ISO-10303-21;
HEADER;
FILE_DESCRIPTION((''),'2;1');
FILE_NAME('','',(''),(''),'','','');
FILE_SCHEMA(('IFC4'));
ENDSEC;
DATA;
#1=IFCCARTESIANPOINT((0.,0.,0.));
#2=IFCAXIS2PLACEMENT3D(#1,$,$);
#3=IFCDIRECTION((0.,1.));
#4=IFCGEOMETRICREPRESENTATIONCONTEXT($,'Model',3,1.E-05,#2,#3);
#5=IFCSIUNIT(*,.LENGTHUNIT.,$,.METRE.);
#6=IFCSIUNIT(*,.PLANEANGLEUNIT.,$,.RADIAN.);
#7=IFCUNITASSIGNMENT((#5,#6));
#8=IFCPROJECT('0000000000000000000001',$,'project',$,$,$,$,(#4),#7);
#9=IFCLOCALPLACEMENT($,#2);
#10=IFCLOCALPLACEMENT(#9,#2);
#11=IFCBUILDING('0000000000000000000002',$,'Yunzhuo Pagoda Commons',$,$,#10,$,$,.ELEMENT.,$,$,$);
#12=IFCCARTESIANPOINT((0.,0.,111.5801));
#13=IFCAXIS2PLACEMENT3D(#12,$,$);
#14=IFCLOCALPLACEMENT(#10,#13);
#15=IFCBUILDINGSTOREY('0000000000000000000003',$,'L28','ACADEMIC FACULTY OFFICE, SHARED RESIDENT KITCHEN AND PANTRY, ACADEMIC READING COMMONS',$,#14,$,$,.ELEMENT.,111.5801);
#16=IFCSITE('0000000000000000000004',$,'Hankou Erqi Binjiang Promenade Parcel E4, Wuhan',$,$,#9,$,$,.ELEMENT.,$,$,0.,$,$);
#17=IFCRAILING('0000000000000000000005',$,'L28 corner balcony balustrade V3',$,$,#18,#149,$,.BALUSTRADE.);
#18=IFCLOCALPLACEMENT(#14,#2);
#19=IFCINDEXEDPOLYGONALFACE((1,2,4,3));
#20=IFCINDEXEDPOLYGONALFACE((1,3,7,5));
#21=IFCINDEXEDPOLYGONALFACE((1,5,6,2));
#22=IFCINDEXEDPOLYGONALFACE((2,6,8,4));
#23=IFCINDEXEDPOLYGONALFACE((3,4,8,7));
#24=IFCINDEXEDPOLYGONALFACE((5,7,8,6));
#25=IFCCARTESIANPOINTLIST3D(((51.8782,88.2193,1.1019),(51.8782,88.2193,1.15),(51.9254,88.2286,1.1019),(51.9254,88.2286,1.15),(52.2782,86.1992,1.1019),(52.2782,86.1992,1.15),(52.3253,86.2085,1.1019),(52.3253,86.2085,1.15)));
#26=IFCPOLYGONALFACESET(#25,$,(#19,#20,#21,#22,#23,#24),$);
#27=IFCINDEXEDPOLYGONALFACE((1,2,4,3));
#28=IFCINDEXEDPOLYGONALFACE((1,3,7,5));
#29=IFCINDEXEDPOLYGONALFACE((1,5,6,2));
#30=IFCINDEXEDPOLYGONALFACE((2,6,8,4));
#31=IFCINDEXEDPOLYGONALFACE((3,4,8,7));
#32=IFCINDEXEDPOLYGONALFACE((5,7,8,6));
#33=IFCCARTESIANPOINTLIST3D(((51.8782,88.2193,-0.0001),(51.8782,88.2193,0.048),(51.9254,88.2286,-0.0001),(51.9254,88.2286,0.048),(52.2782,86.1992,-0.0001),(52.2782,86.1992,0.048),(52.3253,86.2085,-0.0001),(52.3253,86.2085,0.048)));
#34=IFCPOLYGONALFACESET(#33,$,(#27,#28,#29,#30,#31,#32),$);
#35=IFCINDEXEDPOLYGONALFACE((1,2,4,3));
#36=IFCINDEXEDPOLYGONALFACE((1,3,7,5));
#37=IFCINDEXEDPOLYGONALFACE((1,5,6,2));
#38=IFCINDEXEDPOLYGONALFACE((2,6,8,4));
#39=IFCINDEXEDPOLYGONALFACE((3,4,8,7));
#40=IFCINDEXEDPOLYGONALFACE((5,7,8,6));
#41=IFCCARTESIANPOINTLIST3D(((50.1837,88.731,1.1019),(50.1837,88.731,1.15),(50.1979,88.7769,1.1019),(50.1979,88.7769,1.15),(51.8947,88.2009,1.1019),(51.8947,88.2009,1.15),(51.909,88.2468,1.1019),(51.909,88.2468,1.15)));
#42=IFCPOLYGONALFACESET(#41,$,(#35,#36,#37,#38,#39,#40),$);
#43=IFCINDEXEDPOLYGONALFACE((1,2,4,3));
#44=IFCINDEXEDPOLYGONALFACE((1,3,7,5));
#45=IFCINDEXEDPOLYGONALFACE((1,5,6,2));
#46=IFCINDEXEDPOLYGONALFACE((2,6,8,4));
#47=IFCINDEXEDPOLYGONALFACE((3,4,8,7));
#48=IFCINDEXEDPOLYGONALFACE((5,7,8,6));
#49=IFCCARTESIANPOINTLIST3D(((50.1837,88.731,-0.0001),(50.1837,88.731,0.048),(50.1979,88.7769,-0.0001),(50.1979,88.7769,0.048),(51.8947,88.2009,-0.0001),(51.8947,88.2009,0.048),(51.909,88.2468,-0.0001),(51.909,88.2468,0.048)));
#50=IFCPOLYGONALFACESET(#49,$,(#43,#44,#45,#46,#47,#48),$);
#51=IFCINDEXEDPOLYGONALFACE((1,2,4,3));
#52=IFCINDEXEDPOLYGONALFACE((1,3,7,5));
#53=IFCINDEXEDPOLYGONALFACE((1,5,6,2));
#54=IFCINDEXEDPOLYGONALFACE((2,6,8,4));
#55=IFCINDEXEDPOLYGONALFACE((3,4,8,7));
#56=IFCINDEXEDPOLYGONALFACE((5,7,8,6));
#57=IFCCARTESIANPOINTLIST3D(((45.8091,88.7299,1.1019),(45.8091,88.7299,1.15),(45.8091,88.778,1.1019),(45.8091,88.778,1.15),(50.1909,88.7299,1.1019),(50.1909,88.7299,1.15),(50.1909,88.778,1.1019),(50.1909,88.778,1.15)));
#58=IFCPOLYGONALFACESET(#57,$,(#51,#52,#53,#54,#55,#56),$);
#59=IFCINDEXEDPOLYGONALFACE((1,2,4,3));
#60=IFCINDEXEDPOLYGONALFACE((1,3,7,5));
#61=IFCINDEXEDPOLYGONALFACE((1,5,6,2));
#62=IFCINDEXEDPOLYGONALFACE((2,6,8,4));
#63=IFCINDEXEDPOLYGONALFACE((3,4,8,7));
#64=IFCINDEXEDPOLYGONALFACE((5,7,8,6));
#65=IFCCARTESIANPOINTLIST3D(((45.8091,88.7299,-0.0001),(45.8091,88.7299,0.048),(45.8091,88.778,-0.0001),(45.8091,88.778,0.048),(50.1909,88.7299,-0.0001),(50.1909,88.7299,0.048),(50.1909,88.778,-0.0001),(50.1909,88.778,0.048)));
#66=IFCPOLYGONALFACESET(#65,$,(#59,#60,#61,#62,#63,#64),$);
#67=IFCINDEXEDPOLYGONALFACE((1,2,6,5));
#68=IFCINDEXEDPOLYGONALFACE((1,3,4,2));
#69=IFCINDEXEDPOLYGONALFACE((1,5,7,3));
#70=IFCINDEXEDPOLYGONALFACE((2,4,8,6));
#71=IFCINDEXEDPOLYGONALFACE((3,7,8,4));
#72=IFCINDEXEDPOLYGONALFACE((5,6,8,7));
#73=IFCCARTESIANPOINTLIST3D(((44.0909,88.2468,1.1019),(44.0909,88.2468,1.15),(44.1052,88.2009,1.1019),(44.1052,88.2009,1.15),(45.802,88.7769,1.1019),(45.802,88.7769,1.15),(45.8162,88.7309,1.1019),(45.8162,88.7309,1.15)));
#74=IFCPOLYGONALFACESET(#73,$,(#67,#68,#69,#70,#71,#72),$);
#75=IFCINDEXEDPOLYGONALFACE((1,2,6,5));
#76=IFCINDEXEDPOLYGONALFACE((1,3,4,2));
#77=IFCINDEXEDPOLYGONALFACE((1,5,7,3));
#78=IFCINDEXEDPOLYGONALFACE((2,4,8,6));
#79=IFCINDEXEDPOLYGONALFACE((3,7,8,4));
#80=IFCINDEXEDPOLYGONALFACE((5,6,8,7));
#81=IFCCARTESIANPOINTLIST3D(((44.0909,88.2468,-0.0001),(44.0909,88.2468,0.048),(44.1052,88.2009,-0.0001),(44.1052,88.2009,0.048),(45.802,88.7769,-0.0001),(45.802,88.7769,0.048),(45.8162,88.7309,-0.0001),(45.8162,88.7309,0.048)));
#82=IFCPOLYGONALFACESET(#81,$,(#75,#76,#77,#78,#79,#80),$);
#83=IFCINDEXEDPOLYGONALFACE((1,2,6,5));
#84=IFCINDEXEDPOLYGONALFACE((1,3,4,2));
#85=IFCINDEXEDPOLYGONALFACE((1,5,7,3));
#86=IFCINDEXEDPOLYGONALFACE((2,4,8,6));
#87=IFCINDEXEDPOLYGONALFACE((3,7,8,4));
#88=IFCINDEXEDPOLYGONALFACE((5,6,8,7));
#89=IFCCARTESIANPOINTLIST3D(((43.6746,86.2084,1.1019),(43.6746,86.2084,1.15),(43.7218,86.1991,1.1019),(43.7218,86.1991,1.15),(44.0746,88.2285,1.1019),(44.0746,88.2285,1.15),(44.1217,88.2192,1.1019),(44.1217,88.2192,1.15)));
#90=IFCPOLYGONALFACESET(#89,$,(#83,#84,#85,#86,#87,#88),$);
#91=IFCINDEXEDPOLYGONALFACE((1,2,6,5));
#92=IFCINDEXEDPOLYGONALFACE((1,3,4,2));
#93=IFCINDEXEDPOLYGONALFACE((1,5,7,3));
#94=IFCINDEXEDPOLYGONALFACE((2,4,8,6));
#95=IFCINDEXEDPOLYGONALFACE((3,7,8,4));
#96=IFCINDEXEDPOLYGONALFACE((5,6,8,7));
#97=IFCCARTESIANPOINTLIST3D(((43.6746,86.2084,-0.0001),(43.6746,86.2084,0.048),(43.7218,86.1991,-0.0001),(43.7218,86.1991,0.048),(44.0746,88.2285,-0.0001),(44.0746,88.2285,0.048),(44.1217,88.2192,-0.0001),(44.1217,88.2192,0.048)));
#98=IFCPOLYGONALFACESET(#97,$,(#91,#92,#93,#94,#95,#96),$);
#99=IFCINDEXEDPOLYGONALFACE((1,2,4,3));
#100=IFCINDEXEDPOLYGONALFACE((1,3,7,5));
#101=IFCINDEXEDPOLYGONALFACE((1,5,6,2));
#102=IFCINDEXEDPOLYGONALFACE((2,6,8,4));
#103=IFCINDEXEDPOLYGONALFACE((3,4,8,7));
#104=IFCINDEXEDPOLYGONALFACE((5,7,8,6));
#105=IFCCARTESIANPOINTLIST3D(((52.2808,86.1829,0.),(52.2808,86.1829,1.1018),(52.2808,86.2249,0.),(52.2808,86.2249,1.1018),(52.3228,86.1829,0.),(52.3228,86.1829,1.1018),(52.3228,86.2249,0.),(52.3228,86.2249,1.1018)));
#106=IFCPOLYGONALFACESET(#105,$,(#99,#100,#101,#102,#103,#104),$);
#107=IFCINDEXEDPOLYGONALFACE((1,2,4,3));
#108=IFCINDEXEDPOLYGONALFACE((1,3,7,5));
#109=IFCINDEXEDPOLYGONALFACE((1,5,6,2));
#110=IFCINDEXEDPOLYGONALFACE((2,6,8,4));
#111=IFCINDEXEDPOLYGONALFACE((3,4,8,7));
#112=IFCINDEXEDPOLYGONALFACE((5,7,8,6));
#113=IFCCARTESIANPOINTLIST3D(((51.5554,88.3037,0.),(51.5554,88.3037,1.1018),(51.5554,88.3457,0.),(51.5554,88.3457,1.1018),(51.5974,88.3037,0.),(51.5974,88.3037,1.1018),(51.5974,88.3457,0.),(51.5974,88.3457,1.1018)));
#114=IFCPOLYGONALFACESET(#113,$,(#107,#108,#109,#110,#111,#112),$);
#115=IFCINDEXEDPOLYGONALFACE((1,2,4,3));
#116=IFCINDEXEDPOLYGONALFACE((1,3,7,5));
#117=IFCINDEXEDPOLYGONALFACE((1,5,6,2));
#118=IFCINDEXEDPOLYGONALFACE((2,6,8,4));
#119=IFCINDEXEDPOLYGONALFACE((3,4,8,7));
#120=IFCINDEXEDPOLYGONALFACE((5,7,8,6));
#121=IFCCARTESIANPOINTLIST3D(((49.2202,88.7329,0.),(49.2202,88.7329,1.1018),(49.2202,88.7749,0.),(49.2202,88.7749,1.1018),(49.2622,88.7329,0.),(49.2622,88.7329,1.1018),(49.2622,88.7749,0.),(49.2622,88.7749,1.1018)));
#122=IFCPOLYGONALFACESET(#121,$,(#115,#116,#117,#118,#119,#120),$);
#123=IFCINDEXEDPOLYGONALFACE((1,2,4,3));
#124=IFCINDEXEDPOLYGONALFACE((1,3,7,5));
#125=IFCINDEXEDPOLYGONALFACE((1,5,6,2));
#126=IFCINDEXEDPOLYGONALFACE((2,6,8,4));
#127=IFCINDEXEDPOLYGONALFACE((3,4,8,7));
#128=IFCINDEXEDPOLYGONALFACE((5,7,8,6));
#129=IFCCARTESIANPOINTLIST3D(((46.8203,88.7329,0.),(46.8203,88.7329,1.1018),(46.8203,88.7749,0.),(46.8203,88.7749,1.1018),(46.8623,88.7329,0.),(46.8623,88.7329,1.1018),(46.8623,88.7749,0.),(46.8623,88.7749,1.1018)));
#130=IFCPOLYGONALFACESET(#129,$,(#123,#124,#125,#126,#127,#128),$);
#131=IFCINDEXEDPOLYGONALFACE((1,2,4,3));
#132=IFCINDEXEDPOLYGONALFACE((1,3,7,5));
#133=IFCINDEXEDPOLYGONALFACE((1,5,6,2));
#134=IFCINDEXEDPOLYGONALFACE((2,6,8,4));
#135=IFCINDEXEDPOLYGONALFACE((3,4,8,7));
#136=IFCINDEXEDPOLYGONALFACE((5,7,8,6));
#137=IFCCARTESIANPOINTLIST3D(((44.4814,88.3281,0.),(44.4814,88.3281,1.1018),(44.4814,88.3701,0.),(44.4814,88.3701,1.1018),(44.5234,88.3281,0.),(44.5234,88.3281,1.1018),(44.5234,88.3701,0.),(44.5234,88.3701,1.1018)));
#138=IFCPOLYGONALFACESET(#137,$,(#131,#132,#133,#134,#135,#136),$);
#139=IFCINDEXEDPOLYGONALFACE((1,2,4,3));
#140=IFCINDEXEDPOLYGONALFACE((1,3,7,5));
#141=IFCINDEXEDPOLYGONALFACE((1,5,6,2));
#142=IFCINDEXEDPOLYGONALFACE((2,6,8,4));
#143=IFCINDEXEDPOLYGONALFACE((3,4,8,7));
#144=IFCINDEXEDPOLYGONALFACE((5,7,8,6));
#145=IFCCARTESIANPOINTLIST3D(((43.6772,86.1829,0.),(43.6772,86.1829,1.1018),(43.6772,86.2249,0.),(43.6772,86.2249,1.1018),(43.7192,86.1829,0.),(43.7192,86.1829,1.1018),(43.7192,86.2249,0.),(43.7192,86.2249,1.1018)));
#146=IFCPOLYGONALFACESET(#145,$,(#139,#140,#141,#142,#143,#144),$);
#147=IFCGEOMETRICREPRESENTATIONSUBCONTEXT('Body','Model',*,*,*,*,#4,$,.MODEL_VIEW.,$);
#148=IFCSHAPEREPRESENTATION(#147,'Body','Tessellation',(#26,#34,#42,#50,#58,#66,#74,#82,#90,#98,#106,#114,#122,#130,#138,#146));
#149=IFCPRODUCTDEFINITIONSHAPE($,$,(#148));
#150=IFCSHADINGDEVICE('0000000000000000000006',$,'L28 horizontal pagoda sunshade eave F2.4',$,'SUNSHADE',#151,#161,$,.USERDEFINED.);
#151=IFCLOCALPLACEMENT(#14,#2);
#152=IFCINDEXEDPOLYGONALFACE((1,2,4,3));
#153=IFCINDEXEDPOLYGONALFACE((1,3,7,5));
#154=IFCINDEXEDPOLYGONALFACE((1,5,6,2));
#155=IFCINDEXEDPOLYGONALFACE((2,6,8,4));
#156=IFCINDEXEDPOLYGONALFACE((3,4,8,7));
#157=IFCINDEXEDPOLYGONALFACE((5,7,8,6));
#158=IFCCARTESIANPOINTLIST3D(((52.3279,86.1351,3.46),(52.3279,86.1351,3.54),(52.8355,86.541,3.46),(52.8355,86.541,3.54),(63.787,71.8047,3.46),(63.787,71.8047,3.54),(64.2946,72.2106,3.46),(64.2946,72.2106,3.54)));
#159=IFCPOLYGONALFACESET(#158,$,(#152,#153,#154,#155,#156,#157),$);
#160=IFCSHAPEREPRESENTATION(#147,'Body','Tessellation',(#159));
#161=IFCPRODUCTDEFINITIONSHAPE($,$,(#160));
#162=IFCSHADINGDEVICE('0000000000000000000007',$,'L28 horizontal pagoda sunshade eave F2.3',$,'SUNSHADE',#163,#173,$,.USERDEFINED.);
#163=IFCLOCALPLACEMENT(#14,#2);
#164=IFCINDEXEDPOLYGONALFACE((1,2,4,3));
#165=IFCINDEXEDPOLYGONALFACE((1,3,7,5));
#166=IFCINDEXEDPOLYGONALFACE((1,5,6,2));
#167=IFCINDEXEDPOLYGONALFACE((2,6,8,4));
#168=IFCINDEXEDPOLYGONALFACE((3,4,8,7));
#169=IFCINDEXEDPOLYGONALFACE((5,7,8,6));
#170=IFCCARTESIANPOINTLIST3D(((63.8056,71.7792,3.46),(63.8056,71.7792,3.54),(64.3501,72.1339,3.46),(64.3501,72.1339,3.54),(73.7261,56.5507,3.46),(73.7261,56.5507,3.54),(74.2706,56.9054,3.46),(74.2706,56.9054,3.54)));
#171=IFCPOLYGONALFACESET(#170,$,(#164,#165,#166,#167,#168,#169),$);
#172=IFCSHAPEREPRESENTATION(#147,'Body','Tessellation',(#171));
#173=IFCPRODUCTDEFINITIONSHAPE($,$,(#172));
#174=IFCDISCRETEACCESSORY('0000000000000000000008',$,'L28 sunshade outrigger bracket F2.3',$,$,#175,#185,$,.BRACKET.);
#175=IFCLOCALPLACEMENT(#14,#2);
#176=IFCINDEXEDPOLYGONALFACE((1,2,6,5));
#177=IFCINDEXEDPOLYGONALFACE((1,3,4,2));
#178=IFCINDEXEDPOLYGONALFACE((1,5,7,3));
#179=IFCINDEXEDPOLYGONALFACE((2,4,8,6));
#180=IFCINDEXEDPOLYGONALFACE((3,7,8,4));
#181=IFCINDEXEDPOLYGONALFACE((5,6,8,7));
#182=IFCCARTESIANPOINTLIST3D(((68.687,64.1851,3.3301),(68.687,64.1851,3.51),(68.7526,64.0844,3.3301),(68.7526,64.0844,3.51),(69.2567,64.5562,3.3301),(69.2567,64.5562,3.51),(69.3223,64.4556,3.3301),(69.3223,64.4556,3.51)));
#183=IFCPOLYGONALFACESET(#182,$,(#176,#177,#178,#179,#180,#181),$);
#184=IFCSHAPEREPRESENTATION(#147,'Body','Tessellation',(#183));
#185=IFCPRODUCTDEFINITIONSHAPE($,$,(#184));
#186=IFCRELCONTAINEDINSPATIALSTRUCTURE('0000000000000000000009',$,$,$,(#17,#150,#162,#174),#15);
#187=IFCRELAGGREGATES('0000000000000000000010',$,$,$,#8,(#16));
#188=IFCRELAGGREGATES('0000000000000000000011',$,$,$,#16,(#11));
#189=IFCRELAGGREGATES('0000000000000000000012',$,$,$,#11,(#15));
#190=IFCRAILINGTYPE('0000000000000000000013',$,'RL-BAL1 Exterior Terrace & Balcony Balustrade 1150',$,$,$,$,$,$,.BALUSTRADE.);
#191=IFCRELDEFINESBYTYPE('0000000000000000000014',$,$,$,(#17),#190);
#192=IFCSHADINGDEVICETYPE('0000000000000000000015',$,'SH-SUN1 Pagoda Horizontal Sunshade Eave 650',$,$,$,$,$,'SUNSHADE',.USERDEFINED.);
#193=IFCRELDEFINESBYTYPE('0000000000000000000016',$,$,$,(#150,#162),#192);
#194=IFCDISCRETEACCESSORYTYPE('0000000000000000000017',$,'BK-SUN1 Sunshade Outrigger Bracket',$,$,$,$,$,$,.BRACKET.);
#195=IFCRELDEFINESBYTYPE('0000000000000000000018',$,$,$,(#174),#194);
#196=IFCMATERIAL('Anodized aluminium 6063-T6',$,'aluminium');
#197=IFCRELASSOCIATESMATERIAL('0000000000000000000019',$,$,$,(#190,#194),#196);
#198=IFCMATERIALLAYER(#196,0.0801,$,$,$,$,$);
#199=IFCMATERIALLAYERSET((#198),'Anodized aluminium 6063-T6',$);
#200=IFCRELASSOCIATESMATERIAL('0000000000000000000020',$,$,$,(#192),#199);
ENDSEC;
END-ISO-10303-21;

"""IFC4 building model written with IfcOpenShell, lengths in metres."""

from ifc_helpers import new_model, si_unit, direction, frame, origin, origin_2d, place, context, subcontext, project, spatial, rectangle, extrude, source, transform, mapped, material, layer, layer_set, type_object, element, save


model = new_model("IFC4")

# Units and contexts
model_context = context("Model", 3, precision=1e-05, world=origin(), true_north=direction((0.0, 1.0)))
body_context = subcontext(model_context, "Body", "Model", "MODEL_VIEW")
ifc_project = project(units=[si_unit("LENGTHUNIT", "METRE"), si_unit("PLANEANGLEUNIT", "RADIAN")], contexts=[model_context])

# Site, building, storey
site_placement = place(None, origin())
site = spatial("IfcSite", under=ifc_project, at=site_placement, Name="Hankou Erqi Binjiang Promenade Parcel E4, Wuhan", CompositionType="ELEMENT", RefElevation=0.0)
building_placement = place(site_placement, origin())
building = spatial("IfcBuilding", under=site, at=building_placement, Name="Yunzhuo Pagoda Commons", CompositionType="ELEMENT")
storey_placement = place(building_placement, frame((0.0, 0.0, 111.5801)))
storey = spatial("IfcBuildingStorey", under=building, at=storey_placement, Name="L28", Description="ACADEMIC FACULTY OFFICE, SHARED RESIDENT KITCHEN AND PANTRY, ACADEMIC READING COMMONS", CompositionType="ELEMENT", Elevation=111.5801)

# Shared definitions
ifc_material_1 = material(Name="Anodized aluminium 6063-T6", Category="aluminium")

# Railing
railing_type_1 = type_object("IfcRailingType", Name="RL-BAL1 Exterior Terrace & Balcony Balustrade 1150", PredefinedType="BALUSTRADE", material=ifc_material_1)
railing_1_placement = place(storey_placement, frame((52.3018, 86.2039, 0.0)))
element("IfcRailing", 1, at=railing_1_placement, inside=storey, type_object=railing_type_1, Name="L28 corner balcony balustrade V3", PredefinedType="BALUSTRADE", context=body_context, shape_type="SweptSolid", body=[
    extrude(rectangle(XDim=0.0481, YDim=0.0481, at=origin_2d()), frame((0.0, 0.0, 1.126), z_axis=(-0.194201, 0.980962, 0.0), x_axis=(-0.980962, -0.194201, 0.0)), (0.0, 0.0, 1.0), 2.0593),
    extrude(rectangle(XDim=0.0481, YDim=0.0481, at=origin_2d()), frame((0.0, 0.0, 0.0239), z_axis=(-0.194201, 0.980962, 0.0), x_axis=(-0.980962, -0.194201, 0.0)), (0.0, 0.0, 1.0), 2.0593),
    extrude(rectangle(XDim=0.0481, YDim=0.0481, at=origin_2d()), frame((-0.3999, 2.02, 1.126), z_axis=(-0.955214, 0.295915, 0.0), x_axis=(-0.295915, -0.955214, 0.0)), (0.0, 0.0, 1.0), 1.7913),
    extrude(rectangle(XDim=0.0481, YDim=0.0481, at=origin_2d()), frame((-0.3999, 2.02, 0.0239), z_axis=(-0.955214, 0.295915, 0.0), x_axis=(-0.295915, -0.955214, 0.0)), (0.0, 0.0, 1.0), 1.7913),
    extrude(rectangle(XDim=0.0481, YDim=0.0481, at=origin_2d()), frame((-2.1108, 2.55, 1.126), z_axis=(-1.0, 0.0, 0.0), x_axis=(0.0, -1.0, 0.0)), (0.0, 0.0, 1.0), 4.3818),
    extrude(rectangle(XDim=0.0481, YDim=0.0481, at=origin_2d()), frame((-2.1108, 2.55, 0.0239), z_axis=(-1.0, 0.0, 0.0), x_axis=(0.0, -1.0, 0.0)), (0.0, 0.0, 1.0), 4.3818),
    extrude(rectangle(XDim=0.0481, YDim=0.0481, at=origin_2d()), frame((-6.4927, 2.55, 1.126), z_axis=(-0.955214, -0.295915, 0.0), x_axis=(0.295915, -0.955214, 0.0)), (0.0, 0.0, 1.0), 1.7913),
    extrude(rectangle(XDim=0.0481, YDim=0.0481, at=origin_2d()), frame((-6.4927, 2.55, 0.0239), z_axis=(-0.955214, -0.295915, 0.0), x_axis=(0.295915, -0.955214, 0.0)), (0.0, 0.0, 1.0), 1.7913),
    extrude(rectangle(XDim=0.0481, YDim=0.0481, at=origin_2d()), frame((-8.2036, 2.02, 1.126), z_axis=(-0.194201, -0.980962, 0.0), x_axis=(0.980962, -0.194201, 0.0)), (0.0, 0.0, 1.0), 2.0593),
    extrude(rectangle(XDim=0.0481, YDim=0.0481, at=origin_2d()), frame((-8.2036, 2.02, 0.0239), z_axis=(-0.194201, -0.980962, 0.0), x_axis=(0.980962, -0.194201, 0.0)), (0.0, 0.0, 1.0), 2.0593),
    extrude(rectangle(XDim=0.042, YDim=0.042, at=origin_2d()), origin(), (0.0, 0.0, 1.0), 1.1018),
    extrude(rectangle(XDim=0.042, YDim=0.042, at=origin_2d()), frame((-0.7253, 2.1208, 0.0)), (0.0, 0.0, 1.0), 1.1018),
    extrude(rectangle(XDim=0.042, YDim=0.042, at=origin_2d()), frame((-3.0605, 2.55, 0.0)), (0.0, 0.0, 1.0), 1.1018),
    extrude(rectangle(XDim=0.042, YDim=0.042, at=origin_2d()), frame((-5.4604, 2.55, 0.0)), (0.0, 0.0, 1.0), 1.1018),
    extrude(rectangle(XDim=0.042, YDim=0.042, at=origin_2d()), frame((-7.7993, 2.1453, 0.0)), (0.0, 0.0, 1.0), 1.1018),
    extrude(rectangle(XDim=0.042, YDim=0.042, at=origin_2d()), frame((-8.6035, 0.0, 0.0)), (0.0, 0.0, 1.0), 1.1018),
])

# Shading devices
ifc_layer_1 = layer(ifc_material_1, 0.0801)
ifc_layer_set_1 = layer_set([ifc_layer_1], Name="Anodized aluminium 6063-T6")
shading_device_type = type_object("IfcShadingDeviceType", Name="SH-SUN1 Pagoda Horizontal Sunshade Eave 650", ElementType="SUNSHADE", PredefinedType="USERDEFINED", material=ifc_layer_set_1)
shared_shape_1 = source(origin(), body_context, "Body", "SweptSolid", [
    extrude(rectangle(XDim=18.3486, YDim=0.6499, at=origin_2d()), origin(), (0.0, 0.0, 1.0), 0.0801),
])
shading_device_1_placement = place(storey_placement, frame((58.3113, 79.1729, 3.46), z_axis=(0.0, 0.0, 1.0), x_axis=(-0.62452, 0.781008, 0.0)))
element("IfcShadingDevice", 2, at=shading_device_1_placement, inside=storey, type_object=shading_device_type, Name="L28 horizontal pagoda sunshade eave F2.4", ObjectType="SUNSHADE", PredefinedType="USERDEFINED", context=body_context, shape_type="MappedRepresentation", body=[
    mapped(shared_shape_1, transform((0.0, 0.0, 0.0), scale=1.0)),
])
shared_shape_2 = source(origin(), body_context, "Body", "SweptSolid", [
    extrude(rectangle(XDim=18.1748, YDim=0.6499, at=origin_2d()), origin(), (0.0, 0.0, 1.0), 0.0801),
])
shading_device_2_placement = place(storey_placement, frame((69.0381, 64.3423, 3.46), z_axis=(0.0, 0.0, 1.0), x_axis=(-0.545839, 0.83789, 0.0)))
element("IfcShadingDevice", 3, at=shading_device_2_placement, inside=storey, type_object=shading_device_type, Name="L28 horizontal pagoda sunshade eave F2.3", ObjectType="SUNSHADE", PredefinedType="USERDEFINED", context=body_context, shape_type="MappedRepresentation", body=[
    mapped(shared_shape_2, transform((0.0, 0.0, 0.0), scale=1.0)),
])

# Discrete accessory
discrete_accessory_type = type_object("IfcDiscreteAccessoryType", Name="BK-SUN1 Sunshade Outrigger Bracket", PredefinedType="BRACKET", material=ifc_material_1)
shared_shape_3 = source(origin(), body_context, "Body", "SweptSolid", [
    extrude(rectangle(XDim=0.1201, YDim=0.6799, at=origin_2d()), origin(), (0.0, 0.0, 1.0), 0.1799),
])
discrete_accessory_placement = place(storey_placement, frame((69.0046, 64.3203, 3.3301), z_axis=(0.0, 0.0, 1.0), x_axis=(-0.545839, 0.83789, 0.0)))
element("IfcDiscreteAccessory", 4, at=discrete_accessory_placement, inside=storey, type_object=discrete_accessory_type, Name="L28 sunshade outrigger bracket F2.3", PredefinedType="BRACKET", context=body_context, shape_type="MappedRepresentation", body=[
    mapped(shared_shape_3, transform((0.0, 0.0, 0.0), scale=1.0)),
])

save(model, "model.ifc")
